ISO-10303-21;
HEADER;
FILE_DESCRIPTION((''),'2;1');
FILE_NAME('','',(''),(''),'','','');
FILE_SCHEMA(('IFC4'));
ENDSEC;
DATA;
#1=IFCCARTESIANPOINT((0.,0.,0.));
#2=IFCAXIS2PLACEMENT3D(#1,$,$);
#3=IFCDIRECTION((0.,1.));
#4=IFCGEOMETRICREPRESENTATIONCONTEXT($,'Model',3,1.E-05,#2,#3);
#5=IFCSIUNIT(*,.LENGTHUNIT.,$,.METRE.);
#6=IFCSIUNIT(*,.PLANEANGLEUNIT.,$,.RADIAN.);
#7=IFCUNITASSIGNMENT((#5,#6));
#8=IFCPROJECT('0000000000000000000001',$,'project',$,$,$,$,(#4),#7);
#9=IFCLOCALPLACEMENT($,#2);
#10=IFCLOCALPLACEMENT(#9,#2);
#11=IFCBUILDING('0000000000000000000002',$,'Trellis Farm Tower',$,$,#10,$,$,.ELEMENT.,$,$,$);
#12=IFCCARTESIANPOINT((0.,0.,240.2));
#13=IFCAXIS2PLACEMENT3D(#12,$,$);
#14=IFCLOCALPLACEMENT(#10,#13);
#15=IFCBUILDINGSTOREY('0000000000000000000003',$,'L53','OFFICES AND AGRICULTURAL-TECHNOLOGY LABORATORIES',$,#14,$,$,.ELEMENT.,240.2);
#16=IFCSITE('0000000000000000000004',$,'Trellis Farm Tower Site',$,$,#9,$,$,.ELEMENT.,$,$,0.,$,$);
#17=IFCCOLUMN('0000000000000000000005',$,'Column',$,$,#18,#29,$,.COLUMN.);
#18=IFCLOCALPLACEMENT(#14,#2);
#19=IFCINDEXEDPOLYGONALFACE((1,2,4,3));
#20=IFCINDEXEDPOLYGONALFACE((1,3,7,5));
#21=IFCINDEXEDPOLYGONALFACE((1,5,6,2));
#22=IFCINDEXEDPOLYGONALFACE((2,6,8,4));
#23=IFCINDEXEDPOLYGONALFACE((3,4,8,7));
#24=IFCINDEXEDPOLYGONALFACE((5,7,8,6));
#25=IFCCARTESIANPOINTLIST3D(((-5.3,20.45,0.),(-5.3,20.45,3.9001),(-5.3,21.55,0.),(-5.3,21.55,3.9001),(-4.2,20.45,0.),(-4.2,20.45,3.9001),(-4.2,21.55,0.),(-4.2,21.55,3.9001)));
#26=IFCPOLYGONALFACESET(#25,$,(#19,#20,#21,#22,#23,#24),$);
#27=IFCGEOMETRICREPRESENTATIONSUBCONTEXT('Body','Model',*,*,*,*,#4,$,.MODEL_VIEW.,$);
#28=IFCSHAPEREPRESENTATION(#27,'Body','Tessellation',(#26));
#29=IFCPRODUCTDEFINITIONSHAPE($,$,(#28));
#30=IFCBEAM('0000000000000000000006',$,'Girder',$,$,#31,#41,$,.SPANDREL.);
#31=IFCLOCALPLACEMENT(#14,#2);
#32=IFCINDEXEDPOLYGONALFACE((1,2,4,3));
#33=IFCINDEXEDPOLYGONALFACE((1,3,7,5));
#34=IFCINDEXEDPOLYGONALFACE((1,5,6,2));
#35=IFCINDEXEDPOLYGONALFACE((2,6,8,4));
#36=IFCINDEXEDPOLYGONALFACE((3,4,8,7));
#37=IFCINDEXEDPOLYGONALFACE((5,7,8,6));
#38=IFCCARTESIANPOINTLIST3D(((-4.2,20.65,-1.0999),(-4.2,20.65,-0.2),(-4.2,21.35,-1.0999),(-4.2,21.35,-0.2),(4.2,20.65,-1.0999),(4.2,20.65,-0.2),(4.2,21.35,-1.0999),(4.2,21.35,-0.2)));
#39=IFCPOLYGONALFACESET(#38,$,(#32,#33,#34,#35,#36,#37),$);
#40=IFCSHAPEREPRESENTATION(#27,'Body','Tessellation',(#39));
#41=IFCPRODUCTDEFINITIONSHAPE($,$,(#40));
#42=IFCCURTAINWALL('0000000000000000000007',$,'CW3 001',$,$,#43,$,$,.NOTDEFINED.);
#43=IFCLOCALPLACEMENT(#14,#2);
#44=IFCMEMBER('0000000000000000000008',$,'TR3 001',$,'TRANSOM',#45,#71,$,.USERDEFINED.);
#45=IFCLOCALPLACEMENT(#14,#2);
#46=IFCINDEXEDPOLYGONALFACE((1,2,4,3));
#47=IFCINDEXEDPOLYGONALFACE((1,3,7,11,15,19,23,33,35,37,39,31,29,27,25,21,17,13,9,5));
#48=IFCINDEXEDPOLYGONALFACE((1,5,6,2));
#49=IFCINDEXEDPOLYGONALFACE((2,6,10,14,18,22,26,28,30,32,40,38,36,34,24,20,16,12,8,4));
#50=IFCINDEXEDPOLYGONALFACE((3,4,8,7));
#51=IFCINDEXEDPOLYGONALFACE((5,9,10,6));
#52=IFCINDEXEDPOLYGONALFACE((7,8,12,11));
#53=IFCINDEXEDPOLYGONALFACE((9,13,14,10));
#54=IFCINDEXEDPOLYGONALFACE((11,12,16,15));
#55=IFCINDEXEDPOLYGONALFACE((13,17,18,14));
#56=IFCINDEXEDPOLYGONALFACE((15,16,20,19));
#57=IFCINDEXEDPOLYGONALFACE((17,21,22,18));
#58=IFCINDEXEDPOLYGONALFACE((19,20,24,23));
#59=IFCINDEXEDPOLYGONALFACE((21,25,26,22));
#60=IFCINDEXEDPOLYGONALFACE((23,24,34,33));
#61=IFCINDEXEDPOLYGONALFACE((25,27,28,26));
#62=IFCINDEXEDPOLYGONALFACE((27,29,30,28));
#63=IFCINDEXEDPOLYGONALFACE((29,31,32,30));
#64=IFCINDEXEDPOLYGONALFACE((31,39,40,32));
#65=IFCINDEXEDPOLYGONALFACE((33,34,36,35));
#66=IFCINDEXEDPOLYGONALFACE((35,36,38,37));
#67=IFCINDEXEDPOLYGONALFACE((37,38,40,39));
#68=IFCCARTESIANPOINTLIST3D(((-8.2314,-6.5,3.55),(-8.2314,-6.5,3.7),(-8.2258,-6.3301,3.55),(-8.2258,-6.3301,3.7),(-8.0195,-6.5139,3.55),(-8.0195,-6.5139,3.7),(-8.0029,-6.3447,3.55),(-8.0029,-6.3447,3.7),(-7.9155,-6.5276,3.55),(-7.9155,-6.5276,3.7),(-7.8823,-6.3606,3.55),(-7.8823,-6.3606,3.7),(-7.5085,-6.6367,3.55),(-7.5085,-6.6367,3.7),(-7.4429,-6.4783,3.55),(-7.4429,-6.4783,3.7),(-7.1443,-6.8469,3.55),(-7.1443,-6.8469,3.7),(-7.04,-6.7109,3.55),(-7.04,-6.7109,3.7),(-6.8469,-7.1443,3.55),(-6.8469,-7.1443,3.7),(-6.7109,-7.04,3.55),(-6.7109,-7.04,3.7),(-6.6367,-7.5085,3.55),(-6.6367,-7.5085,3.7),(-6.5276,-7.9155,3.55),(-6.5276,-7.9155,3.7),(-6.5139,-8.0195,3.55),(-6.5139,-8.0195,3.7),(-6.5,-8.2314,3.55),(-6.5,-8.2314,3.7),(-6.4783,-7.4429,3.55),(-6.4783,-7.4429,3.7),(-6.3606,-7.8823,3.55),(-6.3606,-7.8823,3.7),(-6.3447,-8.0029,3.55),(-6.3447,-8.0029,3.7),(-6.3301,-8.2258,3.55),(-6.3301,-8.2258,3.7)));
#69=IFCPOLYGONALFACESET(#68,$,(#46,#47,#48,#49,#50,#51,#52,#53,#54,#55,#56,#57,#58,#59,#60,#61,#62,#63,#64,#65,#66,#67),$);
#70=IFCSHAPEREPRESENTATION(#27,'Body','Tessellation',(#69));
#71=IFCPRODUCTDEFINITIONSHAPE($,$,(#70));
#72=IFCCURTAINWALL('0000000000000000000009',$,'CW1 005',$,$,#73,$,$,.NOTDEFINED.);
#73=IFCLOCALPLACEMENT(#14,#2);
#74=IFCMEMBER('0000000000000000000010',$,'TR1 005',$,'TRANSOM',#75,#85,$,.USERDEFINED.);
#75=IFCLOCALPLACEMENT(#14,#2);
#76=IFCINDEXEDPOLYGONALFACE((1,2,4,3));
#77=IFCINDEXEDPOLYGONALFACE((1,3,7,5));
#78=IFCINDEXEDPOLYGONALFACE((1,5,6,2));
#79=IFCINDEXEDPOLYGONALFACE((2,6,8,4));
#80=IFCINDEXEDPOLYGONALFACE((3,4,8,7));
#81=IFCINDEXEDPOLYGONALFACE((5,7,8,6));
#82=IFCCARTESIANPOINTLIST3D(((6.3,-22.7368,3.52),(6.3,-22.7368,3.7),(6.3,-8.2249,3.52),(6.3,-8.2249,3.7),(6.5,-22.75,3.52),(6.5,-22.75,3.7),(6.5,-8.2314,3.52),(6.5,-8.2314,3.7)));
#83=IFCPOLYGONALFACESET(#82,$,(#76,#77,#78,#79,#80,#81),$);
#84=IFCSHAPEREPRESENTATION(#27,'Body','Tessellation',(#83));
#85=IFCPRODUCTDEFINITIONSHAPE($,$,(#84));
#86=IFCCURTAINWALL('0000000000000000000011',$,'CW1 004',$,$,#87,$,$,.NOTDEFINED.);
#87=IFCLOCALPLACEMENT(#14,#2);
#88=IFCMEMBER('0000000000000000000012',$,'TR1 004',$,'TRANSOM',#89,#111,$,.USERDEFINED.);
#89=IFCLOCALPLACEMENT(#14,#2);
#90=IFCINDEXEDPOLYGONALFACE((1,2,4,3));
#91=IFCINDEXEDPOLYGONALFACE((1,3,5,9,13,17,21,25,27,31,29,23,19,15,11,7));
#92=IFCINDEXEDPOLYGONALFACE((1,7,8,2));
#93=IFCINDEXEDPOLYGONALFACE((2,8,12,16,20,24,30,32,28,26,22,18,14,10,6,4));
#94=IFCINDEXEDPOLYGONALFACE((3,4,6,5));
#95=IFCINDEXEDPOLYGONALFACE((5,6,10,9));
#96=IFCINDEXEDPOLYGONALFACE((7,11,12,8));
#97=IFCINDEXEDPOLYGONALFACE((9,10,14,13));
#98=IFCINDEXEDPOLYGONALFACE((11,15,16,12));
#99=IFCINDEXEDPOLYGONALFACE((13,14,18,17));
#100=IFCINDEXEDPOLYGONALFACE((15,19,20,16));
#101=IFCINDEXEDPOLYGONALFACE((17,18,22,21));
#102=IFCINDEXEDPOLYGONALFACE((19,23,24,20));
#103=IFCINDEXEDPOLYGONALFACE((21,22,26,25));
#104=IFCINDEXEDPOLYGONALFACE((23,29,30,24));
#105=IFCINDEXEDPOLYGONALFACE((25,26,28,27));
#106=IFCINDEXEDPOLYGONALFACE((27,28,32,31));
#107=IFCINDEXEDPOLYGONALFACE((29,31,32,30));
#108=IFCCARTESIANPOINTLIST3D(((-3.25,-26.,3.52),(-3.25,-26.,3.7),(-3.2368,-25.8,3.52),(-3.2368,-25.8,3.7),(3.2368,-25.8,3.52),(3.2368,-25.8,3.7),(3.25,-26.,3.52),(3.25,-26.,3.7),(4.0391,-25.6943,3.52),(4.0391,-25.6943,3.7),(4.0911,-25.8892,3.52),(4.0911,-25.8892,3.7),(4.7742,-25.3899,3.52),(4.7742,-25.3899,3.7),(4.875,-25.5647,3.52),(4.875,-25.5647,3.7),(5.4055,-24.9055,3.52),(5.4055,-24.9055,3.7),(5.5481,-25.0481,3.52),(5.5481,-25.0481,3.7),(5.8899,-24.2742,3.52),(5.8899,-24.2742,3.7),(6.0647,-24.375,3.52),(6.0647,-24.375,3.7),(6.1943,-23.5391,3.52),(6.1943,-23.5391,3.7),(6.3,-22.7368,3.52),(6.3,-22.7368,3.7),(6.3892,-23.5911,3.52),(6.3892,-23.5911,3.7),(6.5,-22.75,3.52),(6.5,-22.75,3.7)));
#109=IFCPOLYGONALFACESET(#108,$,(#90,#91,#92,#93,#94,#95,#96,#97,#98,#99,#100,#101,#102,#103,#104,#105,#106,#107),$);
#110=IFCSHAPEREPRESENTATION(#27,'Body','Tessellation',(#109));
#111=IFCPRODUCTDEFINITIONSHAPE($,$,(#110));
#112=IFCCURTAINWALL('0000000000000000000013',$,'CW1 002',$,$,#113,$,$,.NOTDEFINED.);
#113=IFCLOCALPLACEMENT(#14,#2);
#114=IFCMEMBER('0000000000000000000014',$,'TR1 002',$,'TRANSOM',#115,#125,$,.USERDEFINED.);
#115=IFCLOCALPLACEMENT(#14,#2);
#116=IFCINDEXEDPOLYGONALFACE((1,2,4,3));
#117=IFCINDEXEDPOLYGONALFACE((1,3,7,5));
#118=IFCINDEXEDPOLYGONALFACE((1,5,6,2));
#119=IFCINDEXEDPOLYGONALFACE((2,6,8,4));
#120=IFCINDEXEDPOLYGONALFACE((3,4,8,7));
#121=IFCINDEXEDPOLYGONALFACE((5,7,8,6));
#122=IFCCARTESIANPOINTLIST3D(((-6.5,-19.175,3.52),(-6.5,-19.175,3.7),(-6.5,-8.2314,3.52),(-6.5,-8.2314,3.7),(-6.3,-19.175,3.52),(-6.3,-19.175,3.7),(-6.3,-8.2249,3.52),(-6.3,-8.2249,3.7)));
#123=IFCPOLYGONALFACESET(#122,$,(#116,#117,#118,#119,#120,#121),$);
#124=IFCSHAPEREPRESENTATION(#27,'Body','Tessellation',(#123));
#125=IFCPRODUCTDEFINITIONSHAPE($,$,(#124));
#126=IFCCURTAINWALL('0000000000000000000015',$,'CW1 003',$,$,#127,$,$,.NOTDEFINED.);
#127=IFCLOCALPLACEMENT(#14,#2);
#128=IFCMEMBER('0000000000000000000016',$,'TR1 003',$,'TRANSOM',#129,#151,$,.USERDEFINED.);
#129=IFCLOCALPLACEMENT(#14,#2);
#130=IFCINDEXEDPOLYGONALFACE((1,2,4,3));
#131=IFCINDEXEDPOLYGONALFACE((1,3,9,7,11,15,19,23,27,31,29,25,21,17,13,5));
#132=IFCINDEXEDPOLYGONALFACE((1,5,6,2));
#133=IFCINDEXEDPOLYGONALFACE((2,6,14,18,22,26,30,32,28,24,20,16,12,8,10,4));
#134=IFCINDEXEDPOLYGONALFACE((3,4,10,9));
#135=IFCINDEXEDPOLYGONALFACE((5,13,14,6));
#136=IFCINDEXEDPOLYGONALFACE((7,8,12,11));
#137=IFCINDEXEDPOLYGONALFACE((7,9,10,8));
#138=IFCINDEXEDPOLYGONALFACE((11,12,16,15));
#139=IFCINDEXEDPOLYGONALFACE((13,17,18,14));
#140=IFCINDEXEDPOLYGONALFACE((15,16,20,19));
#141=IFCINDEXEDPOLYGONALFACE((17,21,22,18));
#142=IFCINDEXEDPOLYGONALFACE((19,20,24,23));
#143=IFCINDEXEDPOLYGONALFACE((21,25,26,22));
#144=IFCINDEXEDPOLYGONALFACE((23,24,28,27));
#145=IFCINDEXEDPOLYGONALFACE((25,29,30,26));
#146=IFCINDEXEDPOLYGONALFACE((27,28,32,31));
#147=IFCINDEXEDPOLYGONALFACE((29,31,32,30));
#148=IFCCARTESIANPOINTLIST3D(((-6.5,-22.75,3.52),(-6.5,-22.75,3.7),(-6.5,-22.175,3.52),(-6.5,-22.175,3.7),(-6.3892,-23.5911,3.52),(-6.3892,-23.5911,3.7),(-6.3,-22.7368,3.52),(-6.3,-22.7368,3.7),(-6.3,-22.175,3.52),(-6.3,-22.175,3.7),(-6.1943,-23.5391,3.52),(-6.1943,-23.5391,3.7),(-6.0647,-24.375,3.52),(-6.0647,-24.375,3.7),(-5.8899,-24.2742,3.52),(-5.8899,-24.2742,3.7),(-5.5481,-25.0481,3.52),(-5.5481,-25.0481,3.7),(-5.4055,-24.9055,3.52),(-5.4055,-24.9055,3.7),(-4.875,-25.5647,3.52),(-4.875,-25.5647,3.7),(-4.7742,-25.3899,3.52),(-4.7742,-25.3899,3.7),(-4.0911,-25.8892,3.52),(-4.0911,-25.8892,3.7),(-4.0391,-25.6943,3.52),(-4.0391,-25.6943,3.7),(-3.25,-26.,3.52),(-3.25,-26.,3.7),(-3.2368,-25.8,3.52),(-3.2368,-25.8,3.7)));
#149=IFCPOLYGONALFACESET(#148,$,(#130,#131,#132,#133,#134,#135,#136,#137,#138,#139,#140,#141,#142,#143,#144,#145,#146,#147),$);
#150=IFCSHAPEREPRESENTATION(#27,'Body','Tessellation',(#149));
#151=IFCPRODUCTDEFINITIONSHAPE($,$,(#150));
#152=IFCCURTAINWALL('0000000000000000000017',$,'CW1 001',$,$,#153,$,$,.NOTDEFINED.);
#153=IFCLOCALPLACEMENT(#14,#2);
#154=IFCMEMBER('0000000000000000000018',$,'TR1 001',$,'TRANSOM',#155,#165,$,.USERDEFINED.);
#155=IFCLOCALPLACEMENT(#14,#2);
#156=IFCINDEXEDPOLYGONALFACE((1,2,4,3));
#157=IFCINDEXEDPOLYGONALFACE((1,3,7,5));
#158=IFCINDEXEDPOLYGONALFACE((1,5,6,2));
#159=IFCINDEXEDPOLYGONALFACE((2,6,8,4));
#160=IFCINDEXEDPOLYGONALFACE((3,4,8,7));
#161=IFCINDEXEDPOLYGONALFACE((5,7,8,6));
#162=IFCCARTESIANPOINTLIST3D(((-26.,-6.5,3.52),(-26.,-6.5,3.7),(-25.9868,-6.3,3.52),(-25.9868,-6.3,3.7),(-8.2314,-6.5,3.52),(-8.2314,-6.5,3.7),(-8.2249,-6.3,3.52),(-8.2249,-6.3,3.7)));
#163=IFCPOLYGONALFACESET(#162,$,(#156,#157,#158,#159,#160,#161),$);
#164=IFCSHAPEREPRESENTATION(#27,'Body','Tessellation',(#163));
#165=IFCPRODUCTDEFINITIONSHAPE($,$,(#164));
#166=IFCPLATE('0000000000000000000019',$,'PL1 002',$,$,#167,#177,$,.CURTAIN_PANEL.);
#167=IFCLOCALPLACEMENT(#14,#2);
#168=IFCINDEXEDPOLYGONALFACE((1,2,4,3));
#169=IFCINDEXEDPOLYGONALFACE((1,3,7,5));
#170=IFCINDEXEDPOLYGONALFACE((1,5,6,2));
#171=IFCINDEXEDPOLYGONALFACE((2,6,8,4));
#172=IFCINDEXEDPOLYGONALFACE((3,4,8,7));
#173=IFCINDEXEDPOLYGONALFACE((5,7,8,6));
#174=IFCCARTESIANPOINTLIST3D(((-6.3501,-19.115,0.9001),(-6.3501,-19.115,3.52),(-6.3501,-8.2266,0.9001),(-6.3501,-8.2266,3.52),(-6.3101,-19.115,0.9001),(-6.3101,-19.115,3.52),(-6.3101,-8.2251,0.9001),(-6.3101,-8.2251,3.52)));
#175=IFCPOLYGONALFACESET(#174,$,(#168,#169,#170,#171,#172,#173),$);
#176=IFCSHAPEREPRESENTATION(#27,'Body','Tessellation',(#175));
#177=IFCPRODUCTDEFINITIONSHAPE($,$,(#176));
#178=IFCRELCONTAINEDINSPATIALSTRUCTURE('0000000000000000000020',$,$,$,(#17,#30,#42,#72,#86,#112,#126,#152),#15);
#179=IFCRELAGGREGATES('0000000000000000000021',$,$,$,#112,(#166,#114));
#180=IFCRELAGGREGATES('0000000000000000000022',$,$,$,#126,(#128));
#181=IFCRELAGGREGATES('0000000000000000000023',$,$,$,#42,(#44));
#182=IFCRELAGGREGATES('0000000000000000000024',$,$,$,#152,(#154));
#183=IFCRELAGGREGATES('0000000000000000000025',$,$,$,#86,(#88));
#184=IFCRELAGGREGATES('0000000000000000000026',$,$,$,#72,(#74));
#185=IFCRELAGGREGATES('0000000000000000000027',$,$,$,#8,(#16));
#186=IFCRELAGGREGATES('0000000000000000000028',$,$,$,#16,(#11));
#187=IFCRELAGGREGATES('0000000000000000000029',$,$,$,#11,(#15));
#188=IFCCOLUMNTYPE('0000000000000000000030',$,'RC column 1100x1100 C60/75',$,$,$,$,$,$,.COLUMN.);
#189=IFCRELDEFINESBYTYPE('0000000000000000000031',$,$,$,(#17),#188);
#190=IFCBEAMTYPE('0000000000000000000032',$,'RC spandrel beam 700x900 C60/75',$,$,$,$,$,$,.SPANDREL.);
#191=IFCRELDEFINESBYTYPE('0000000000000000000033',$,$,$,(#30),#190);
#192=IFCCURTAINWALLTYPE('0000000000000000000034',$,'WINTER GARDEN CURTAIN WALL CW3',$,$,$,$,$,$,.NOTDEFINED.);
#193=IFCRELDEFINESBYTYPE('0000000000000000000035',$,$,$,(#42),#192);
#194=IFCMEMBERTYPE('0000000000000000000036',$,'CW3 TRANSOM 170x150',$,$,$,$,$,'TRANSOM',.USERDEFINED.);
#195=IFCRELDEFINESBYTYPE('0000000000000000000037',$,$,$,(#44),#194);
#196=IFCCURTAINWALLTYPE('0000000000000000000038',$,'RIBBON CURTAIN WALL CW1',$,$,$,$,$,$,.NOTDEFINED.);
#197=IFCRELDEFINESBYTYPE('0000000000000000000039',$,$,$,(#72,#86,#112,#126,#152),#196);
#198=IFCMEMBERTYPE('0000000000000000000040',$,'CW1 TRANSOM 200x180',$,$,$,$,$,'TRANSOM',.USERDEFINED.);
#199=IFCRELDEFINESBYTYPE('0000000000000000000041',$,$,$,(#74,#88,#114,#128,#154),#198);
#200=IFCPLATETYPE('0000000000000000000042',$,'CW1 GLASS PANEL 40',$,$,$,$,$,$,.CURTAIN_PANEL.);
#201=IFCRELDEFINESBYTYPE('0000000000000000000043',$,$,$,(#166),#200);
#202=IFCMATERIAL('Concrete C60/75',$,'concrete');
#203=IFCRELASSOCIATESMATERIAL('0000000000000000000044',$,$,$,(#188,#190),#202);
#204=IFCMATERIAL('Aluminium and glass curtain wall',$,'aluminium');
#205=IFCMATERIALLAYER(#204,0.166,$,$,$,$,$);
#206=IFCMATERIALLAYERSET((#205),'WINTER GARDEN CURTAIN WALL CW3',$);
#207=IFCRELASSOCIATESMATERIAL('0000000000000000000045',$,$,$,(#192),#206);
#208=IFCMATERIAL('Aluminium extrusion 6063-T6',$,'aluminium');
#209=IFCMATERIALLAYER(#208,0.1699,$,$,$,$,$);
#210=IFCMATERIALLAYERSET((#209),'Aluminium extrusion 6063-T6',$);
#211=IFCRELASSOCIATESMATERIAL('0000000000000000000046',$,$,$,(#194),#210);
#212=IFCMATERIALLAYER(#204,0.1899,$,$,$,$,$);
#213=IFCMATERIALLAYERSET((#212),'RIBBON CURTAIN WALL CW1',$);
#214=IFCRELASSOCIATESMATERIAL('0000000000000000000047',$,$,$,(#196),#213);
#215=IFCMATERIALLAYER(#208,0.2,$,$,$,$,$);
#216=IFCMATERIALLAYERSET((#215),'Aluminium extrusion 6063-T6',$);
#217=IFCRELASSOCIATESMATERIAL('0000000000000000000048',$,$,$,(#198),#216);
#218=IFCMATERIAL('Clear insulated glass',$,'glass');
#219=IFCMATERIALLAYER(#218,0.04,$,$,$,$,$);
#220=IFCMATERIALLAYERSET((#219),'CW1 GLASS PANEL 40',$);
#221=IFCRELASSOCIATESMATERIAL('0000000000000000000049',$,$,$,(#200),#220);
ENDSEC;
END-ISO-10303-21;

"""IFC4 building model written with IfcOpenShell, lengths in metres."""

from ifc_helpers import new_model, si_unit, direction, frame, origin, origin_2d, place, context, subcontext, project, spatial, polyline, rectangle, outline, extrude, source, transform, mapped, material, layer, layer_set, material_profile, profile_set, type_object, element, aggregate, save


model = new_model("IFC4")

# Units and contexts
model_context = context("Model", 3, precision=1e-05, world=origin(), true_north=direction((0.0, 1.0)))
body_context = subcontext(model_context, "Body", "Model", "MODEL_VIEW")
ifc_project = project(units=[si_unit("LENGTHUNIT", "METRE"), si_unit("PLANEANGLEUNIT", "RADIAN")], contexts=[model_context])

# Site, building, storey
site_placement = place(None, origin())
site = spatial("IfcSite", under=ifc_project, at=site_placement, Name="Trellis Farm Tower Site", CompositionType="ELEMENT", RefElevation=0.0)
building_placement = place(site_placement, origin())
building = spatial("IfcBuilding", under=site, at=building_placement, Name="Trellis Farm Tower", CompositionType="ELEMENT")
storey_placement = place(building_placement, frame((0.0, 0.0, 240.2)))
storey = spatial("IfcBuildingStorey", under=building, at=storey_placement, Name="L53", Description="OFFICES AND AGRICULTURAL-TECHNOLOGY LABORATORIES", CompositionType="ELEMENT", Elevation=240.2)

# Column
ifc_material_1 = material(Name="Concrete C60/75", Category="concrete")
ifc_material_profile_1 = material_profile(ifc_material_1, rectangle(XDim=1.1001, YDim=1.1001, at=origin_2d()), Name="RC column 1100x1100 C60/75")
ifc_profile_set_1 = profile_set([ifc_material_profile_1], Name="Concrete C60/75")
column_type = type_object("IfcColumnType", Name="RC column 1100x1100 C60/75", PredefinedType="COLUMN", material=ifc_profile_set_1)
shared_shape_1 = source(origin(), body_context, "Body", "SweptSolid", [
    extrude(rectangle(XDim=1.1001, YDim=1.1001, at=origin_2d()), origin(), (0.0, 0.0, 1.0), 3.9001),
])
column_placement = place(storey_placement, frame((-4.75, 21.0, 0.0), z_axis=(0.0, 0.0, 1.0), x_axis=(1.0, 0.0, 0.0)))
element("IfcColumn", 1, at=column_placement, inside=storey, type_object=column_type, Name="Column", PredefinedType="COLUMN", context=body_context, shape_type="MappedRepresentation", body=[
    mapped(shared_shape_1, transform((0.0, 0.0, 0.0))),
])

# Beam
ifc_material_profile_2 = material_profile(ifc_material_1, rectangle(XDim=0.7, YDim=0.8999, at=origin_2d()), Name="RC spandrel beam 700x900 C60/75")
ifc_profile_set_2 = profile_set([ifc_material_profile_2], Name="Concrete C60/75")
beam_type = type_object("IfcBeamType", Name="RC spandrel beam 700x900 C60/75", PredefinedType="SPANDREL", material=ifc_profile_set_2)
shared_shape_2 = source(origin(), body_context, "Body", "SweptSolid", [
    extrude(rectangle(XDim=0.7, YDim=0.8999, at=origin_2d()), origin(), (0.0, 0.0, 1.0), 8.3999),
])
beam_placement = place(storey_placement, frame((-4.2, 21.0, -0.6499), z_axis=(1.0, 0.0, 0.0), x_axis=(0.0, 1.0, 0.0)))
element("IfcBeam", 2, at=beam_placement, inside=storey, type_object=beam_type, Name="Girder", PredefinedType="SPANDREL", context=body_context, shape_type="MappedRepresentation", body=[
    mapped(shared_shape_2, transform((0.0, 0.0, 0.0))),
])

# Curtain walls, members
ifc_material_2 = material(Name="Aluminium and glass curtain wall", Category="aluminium")
ifc_layer_1 = layer(ifc_material_2, 0.166)
ifc_layer_set_1 = layer_set([ifc_layer_1], Name="WINTER GARDEN CURTAIN WALL CW3")
curtain_wall_type_1 = type_object("IfcCurtainWallType", Name="WINTER GARDEN CURTAIN WALL CW3", PredefinedType="NOTDEFINED", material=ifc_layer_set_1)
placement_1 = place(storey_placement, origin())
curtain_wall_1 = element("IfcCurtainWall", 3, at=placement_1, inside=storey, type_object=curtain_wall_type_1, Name="CW3 001", PredefinedType="NOTDEFINED")
ifc_material_3 = material(Name="Aluminium extrusion 6063-T6", Category="aluminium")
ifc_layer_2 = layer(ifc_material_3, 0.1699)
ifc_layer_set_2 = layer_set([ifc_layer_2], Name="Aluminium extrusion 6063-T6")
member_type_1 = type_object("IfcMemberType", Name="CW3 TRANSOM 170x150", ElementType="TRANSOM", PredefinedType="USERDEFINED", material=ifc_layer_set_2)
shared_shape_3 = source(origin(), body_context, "Body", "SweptSolid", [
    extrude(outline(polyline([(-8.2314, -6.5), (-8.0195, -6.5139), (-7.9155, -6.5276), (-7.5085, -6.6367), (-7.1443, -6.8469), (-6.8469, -7.1443), (-6.6367, -7.5085), (-6.5276, -7.9155), (-6.5139, -8.0195), (-6.5, -8.2314), (-6.3301, -8.2258), (-6.3447, -8.0029), (-6.3606, -7.8823), (-6.4783, -7.4429), (-6.7109, -7.04), (-7.04, -6.7109), (-7.4429, -6.4783), (-7.8823, -6.3606), (-8.0029, -6.3447), (-8.2258, -6.3301), (-8.2314, -6.5)])), origin(), (0.0, 0.0, 1.0), 0.1499),
])
member_1_placement = place(storey_placement, frame((0.0, 0.0, 3.55)))
member_1 = element("IfcMember", 4, at=member_1_placement, type_object=member_type_1, Name="TR3 001", ObjectType="TRANSOM", PredefinedType="USERDEFINED", context=body_context, shape_type="MappedRepresentation", body=[
    mapped(shared_shape_3, transform((0.0, 0.0, 0.0))),
])
ifc_layer_3 = layer(ifc_material_2, 0.1899)
ifc_layer_set_3 = layer_set([ifc_layer_3], Name="RIBBON CURTAIN WALL CW1")
curtain_wall_type_2 = type_object("IfcCurtainWallType", Name="RIBBON CURTAIN WALL CW1", PredefinedType="NOTDEFINED", material=ifc_layer_set_3)
curtain_wall_2 = element("IfcCurtainWall", 5, at=placement_1, inside=storey, type_object=curtain_wall_type_2, Name="CW1 005", PredefinedType="NOTDEFINED")
ifc_layer_4 = layer(ifc_material_3, 0.2)
ifc_layer_set_4 = layer_set([ifc_layer_4], Name="Aluminium extrusion 6063-T6")
member_type_2 = type_object("IfcMemberType", Name="CW1 TRANSOM 200x180", ElementType="TRANSOM", PredefinedType="USERDEFINED", material=ifc_layer_set_4)
shared_shape_4 = source(origin(), body_context, "Body", "SweptSolid", [
    extrude(outline(polyline([(6.5, -22.75), (6.5, -8.2314), (6.3, -8.2249), (6.3, -22.7368), (6.5, -22.75)])), origin(), (0.0, 0.0, 1.0), 0.1799),
])
placement_2 = place(storey_placement, frame((0.0, 0.0, 3.52)))
member_2 = element("IfcMember", 6, at=placement_2, type_object=member_type_2, Name="TR1 005", ObjectType="TRANSOM", PredefinedType="USERDEFINED", context=body_context, shape_type="MappedRepresentation", body=[
    mapped(shared_shape_4, transform((0.0, 0.0, 0.0))),
])
curtain_wall_3 = element("IfcCurtainWall", 7, at=placement_1, inside=storey, type_object=curtain_wall_type_2, Name="CW1 004", PredefinedType="NOTDEFINED")
shared_shape_5 = source(origin(), body_context, "Body", "SweptSolid", [
    extrude(outline(polyline([(-3.25, -26.0), (3.25, -26.0), (4.0911, -25.8892), (4.875, -25.5647), (5.5481, -25.0481), (6.0647, -24.375), (6.3892, -23.5911), (6.5, -22.75), (6.3, -22.7368), (6.1943, -23.5391), (5.8899, -24.2742), (5.4055, -24.9055), (4.7742, -25.3899), (4.0391, -25.6943), (3.2368, -25.8), (-3.2368, -25.8), (-3.25, -26.0)])), origin(), (0.0, 0.0, 1.0), 0.1799),
])
member_3 = element("IfcMember", 8, at=placement_2, type_object=member_type_2, Name="TR1 004", ObjectType="TRANSOM", PredefinedType="USERDEFINED", context=body_context, shape_type="MappedRepresentation", body=[
    mapped(shared_shape_5, transform((0.0, 0.0, 0.0))),
])
curtain_wall_4 = element("IfcCurtainWall", 9, at=placement_1, inside=storey, type_object=curtain_wall_type_2, Name="CW1 002", PredefinedType="NOTDEFINED")
shared_shape_6 = source(origin(), body_context, "Body", "SweptSolid", [
    extrude(outline(polyline([(-6.5, -8.2314), (-6.5, -19.175), (-6.3, -19.175), (-6.3, -8.2249), (-6.5, -8.2314)])), origin(), (0.0, 0.0, 1.0), 0.1799),
])
member_4 = element("IfcMember", 10, at=placement_2, type_object=member_type_2, Name="TR1 002", ObjectType="TRANSOM", PredefinedType="USERDEFINED", context=body_context, shape_type="MappedRepresentation", body=[
    mapped(shared_shape_6, transform((0.0, 0.0, 0.0))),
])
curtain_wall_5 = element("IfcCurtainWall", 11, at=placement_1, inside=storey, type_object=curtain_wall_type_2, Name="CW1 003", PredefinedType="NOTDEFINED")
shared_shape_7 = source(origin(), body_context, "Body", "SweptSolid", [
    extrude(outline(polyline([(-6.5, -22.175), (-6.5, -22.75), (-6.3892, -23.5911), (-6.0647, -24.375), (-5.5481, -25.0481), (-4.875, -25.5647), (-4.0911, -25.8892), (-3.25, -26.0), (-3.2368, -25.8), (-4.0391, -25.6943), (-4.7742, -25.3899), (-5.4055, -24.9055), (-5.8899, -24.2742), (-6.1943, -23.5391), (-6.3, -22.7368), (-6.3, -22.175), (-6.5, -22.175)])), origin(), (0.0, 0.0, 1.0), 0.1799),
])
member_5 = element("IfcMember", 12, at=placement_2, type_object=member_type_2, Name="TR1 003", ObjectType="TRANSOM", PredefinedType="USERDEFINED", context=body_context, shape_type="MappedRepresentation", body=[
    mapped(shared_shape_7, transform((0.0, 0.0, 0.0))),
])
curtain_wall_6 = element("IfcCurtainWall", 13, at=placement_1, inside=storey, type_object=curtain_wall_type_2, Name="CW1 001", PredefinedType="NOTDEFINED")
shared_shape_8 = source(origin(), body_context, "Body", "SweptSolid", [
    extrude(outline(polyline([(-26.0, -6.5), (-8.2314, -6.5), (-8.2249, -6.3), (-25.9868, -6.3), (-26.0, -6.5)])), origin(), (0.0, 0.0, 1.0), 0.1799),
])
member_6 = element("IfcMember", 14, at=placement_2, type_object=member_type_2, Name="TR1 001", ObjectType="TRANSOM", PredefinedType="USERDEFINED", context=body_context, shape_type="MappedRepresentation", body=[
    mapped(shared_shape_8, transform((0.0, 0.0, 0.0))),
])

# Plate
ifc_material_4 = material(Name="Clear insulated glass", Category="glass")
ifc_layer_5 = layer(ifc_material_4, 0.04)
ifc_layer_set_5 = layer_set([ifc_layer_5], Name="CW1 GLASS PANEL 40")
plate_type_1 = type_object("IfcPlateType", Name="CW1 GLASS PANEL 40", PredefinedType="CURTAIN_PANEL", material=ifc_layer_set_5)
placement_3 = place(storey_placement, frame((0.0, 0.0, 0.9001)))
plate_1 = element("IfcPlate", 15, at=placement_3, type_object=plate_type_1, Name="PL1 002", PredefinedType="CURTAIN_PANEL", context=body_context, shape_type="SweptSolid", body=[
    extrude(outline(polyline([(-6.3501, -8.2266), (-6.3501, -19.115), (-6.3101, -19.115), (-6.3101, -8.2251), (-6.3501, -8.2266)])), origin(), (0.0, 0.0, 1.0), 2.6199),
])
aggregate(curtain_wall_4, [plate_1, member_4])
aggregate(curtain_wall_5, [member_5])

aggregate(curtain_wall_1, [member_1])
aggregate(curtain_wall_6, [member_6])
aggregate(curtain_wall_3, [member_3])
aggregate(curtain_wall_2, [member_2])

save(model, "model.ifc")
